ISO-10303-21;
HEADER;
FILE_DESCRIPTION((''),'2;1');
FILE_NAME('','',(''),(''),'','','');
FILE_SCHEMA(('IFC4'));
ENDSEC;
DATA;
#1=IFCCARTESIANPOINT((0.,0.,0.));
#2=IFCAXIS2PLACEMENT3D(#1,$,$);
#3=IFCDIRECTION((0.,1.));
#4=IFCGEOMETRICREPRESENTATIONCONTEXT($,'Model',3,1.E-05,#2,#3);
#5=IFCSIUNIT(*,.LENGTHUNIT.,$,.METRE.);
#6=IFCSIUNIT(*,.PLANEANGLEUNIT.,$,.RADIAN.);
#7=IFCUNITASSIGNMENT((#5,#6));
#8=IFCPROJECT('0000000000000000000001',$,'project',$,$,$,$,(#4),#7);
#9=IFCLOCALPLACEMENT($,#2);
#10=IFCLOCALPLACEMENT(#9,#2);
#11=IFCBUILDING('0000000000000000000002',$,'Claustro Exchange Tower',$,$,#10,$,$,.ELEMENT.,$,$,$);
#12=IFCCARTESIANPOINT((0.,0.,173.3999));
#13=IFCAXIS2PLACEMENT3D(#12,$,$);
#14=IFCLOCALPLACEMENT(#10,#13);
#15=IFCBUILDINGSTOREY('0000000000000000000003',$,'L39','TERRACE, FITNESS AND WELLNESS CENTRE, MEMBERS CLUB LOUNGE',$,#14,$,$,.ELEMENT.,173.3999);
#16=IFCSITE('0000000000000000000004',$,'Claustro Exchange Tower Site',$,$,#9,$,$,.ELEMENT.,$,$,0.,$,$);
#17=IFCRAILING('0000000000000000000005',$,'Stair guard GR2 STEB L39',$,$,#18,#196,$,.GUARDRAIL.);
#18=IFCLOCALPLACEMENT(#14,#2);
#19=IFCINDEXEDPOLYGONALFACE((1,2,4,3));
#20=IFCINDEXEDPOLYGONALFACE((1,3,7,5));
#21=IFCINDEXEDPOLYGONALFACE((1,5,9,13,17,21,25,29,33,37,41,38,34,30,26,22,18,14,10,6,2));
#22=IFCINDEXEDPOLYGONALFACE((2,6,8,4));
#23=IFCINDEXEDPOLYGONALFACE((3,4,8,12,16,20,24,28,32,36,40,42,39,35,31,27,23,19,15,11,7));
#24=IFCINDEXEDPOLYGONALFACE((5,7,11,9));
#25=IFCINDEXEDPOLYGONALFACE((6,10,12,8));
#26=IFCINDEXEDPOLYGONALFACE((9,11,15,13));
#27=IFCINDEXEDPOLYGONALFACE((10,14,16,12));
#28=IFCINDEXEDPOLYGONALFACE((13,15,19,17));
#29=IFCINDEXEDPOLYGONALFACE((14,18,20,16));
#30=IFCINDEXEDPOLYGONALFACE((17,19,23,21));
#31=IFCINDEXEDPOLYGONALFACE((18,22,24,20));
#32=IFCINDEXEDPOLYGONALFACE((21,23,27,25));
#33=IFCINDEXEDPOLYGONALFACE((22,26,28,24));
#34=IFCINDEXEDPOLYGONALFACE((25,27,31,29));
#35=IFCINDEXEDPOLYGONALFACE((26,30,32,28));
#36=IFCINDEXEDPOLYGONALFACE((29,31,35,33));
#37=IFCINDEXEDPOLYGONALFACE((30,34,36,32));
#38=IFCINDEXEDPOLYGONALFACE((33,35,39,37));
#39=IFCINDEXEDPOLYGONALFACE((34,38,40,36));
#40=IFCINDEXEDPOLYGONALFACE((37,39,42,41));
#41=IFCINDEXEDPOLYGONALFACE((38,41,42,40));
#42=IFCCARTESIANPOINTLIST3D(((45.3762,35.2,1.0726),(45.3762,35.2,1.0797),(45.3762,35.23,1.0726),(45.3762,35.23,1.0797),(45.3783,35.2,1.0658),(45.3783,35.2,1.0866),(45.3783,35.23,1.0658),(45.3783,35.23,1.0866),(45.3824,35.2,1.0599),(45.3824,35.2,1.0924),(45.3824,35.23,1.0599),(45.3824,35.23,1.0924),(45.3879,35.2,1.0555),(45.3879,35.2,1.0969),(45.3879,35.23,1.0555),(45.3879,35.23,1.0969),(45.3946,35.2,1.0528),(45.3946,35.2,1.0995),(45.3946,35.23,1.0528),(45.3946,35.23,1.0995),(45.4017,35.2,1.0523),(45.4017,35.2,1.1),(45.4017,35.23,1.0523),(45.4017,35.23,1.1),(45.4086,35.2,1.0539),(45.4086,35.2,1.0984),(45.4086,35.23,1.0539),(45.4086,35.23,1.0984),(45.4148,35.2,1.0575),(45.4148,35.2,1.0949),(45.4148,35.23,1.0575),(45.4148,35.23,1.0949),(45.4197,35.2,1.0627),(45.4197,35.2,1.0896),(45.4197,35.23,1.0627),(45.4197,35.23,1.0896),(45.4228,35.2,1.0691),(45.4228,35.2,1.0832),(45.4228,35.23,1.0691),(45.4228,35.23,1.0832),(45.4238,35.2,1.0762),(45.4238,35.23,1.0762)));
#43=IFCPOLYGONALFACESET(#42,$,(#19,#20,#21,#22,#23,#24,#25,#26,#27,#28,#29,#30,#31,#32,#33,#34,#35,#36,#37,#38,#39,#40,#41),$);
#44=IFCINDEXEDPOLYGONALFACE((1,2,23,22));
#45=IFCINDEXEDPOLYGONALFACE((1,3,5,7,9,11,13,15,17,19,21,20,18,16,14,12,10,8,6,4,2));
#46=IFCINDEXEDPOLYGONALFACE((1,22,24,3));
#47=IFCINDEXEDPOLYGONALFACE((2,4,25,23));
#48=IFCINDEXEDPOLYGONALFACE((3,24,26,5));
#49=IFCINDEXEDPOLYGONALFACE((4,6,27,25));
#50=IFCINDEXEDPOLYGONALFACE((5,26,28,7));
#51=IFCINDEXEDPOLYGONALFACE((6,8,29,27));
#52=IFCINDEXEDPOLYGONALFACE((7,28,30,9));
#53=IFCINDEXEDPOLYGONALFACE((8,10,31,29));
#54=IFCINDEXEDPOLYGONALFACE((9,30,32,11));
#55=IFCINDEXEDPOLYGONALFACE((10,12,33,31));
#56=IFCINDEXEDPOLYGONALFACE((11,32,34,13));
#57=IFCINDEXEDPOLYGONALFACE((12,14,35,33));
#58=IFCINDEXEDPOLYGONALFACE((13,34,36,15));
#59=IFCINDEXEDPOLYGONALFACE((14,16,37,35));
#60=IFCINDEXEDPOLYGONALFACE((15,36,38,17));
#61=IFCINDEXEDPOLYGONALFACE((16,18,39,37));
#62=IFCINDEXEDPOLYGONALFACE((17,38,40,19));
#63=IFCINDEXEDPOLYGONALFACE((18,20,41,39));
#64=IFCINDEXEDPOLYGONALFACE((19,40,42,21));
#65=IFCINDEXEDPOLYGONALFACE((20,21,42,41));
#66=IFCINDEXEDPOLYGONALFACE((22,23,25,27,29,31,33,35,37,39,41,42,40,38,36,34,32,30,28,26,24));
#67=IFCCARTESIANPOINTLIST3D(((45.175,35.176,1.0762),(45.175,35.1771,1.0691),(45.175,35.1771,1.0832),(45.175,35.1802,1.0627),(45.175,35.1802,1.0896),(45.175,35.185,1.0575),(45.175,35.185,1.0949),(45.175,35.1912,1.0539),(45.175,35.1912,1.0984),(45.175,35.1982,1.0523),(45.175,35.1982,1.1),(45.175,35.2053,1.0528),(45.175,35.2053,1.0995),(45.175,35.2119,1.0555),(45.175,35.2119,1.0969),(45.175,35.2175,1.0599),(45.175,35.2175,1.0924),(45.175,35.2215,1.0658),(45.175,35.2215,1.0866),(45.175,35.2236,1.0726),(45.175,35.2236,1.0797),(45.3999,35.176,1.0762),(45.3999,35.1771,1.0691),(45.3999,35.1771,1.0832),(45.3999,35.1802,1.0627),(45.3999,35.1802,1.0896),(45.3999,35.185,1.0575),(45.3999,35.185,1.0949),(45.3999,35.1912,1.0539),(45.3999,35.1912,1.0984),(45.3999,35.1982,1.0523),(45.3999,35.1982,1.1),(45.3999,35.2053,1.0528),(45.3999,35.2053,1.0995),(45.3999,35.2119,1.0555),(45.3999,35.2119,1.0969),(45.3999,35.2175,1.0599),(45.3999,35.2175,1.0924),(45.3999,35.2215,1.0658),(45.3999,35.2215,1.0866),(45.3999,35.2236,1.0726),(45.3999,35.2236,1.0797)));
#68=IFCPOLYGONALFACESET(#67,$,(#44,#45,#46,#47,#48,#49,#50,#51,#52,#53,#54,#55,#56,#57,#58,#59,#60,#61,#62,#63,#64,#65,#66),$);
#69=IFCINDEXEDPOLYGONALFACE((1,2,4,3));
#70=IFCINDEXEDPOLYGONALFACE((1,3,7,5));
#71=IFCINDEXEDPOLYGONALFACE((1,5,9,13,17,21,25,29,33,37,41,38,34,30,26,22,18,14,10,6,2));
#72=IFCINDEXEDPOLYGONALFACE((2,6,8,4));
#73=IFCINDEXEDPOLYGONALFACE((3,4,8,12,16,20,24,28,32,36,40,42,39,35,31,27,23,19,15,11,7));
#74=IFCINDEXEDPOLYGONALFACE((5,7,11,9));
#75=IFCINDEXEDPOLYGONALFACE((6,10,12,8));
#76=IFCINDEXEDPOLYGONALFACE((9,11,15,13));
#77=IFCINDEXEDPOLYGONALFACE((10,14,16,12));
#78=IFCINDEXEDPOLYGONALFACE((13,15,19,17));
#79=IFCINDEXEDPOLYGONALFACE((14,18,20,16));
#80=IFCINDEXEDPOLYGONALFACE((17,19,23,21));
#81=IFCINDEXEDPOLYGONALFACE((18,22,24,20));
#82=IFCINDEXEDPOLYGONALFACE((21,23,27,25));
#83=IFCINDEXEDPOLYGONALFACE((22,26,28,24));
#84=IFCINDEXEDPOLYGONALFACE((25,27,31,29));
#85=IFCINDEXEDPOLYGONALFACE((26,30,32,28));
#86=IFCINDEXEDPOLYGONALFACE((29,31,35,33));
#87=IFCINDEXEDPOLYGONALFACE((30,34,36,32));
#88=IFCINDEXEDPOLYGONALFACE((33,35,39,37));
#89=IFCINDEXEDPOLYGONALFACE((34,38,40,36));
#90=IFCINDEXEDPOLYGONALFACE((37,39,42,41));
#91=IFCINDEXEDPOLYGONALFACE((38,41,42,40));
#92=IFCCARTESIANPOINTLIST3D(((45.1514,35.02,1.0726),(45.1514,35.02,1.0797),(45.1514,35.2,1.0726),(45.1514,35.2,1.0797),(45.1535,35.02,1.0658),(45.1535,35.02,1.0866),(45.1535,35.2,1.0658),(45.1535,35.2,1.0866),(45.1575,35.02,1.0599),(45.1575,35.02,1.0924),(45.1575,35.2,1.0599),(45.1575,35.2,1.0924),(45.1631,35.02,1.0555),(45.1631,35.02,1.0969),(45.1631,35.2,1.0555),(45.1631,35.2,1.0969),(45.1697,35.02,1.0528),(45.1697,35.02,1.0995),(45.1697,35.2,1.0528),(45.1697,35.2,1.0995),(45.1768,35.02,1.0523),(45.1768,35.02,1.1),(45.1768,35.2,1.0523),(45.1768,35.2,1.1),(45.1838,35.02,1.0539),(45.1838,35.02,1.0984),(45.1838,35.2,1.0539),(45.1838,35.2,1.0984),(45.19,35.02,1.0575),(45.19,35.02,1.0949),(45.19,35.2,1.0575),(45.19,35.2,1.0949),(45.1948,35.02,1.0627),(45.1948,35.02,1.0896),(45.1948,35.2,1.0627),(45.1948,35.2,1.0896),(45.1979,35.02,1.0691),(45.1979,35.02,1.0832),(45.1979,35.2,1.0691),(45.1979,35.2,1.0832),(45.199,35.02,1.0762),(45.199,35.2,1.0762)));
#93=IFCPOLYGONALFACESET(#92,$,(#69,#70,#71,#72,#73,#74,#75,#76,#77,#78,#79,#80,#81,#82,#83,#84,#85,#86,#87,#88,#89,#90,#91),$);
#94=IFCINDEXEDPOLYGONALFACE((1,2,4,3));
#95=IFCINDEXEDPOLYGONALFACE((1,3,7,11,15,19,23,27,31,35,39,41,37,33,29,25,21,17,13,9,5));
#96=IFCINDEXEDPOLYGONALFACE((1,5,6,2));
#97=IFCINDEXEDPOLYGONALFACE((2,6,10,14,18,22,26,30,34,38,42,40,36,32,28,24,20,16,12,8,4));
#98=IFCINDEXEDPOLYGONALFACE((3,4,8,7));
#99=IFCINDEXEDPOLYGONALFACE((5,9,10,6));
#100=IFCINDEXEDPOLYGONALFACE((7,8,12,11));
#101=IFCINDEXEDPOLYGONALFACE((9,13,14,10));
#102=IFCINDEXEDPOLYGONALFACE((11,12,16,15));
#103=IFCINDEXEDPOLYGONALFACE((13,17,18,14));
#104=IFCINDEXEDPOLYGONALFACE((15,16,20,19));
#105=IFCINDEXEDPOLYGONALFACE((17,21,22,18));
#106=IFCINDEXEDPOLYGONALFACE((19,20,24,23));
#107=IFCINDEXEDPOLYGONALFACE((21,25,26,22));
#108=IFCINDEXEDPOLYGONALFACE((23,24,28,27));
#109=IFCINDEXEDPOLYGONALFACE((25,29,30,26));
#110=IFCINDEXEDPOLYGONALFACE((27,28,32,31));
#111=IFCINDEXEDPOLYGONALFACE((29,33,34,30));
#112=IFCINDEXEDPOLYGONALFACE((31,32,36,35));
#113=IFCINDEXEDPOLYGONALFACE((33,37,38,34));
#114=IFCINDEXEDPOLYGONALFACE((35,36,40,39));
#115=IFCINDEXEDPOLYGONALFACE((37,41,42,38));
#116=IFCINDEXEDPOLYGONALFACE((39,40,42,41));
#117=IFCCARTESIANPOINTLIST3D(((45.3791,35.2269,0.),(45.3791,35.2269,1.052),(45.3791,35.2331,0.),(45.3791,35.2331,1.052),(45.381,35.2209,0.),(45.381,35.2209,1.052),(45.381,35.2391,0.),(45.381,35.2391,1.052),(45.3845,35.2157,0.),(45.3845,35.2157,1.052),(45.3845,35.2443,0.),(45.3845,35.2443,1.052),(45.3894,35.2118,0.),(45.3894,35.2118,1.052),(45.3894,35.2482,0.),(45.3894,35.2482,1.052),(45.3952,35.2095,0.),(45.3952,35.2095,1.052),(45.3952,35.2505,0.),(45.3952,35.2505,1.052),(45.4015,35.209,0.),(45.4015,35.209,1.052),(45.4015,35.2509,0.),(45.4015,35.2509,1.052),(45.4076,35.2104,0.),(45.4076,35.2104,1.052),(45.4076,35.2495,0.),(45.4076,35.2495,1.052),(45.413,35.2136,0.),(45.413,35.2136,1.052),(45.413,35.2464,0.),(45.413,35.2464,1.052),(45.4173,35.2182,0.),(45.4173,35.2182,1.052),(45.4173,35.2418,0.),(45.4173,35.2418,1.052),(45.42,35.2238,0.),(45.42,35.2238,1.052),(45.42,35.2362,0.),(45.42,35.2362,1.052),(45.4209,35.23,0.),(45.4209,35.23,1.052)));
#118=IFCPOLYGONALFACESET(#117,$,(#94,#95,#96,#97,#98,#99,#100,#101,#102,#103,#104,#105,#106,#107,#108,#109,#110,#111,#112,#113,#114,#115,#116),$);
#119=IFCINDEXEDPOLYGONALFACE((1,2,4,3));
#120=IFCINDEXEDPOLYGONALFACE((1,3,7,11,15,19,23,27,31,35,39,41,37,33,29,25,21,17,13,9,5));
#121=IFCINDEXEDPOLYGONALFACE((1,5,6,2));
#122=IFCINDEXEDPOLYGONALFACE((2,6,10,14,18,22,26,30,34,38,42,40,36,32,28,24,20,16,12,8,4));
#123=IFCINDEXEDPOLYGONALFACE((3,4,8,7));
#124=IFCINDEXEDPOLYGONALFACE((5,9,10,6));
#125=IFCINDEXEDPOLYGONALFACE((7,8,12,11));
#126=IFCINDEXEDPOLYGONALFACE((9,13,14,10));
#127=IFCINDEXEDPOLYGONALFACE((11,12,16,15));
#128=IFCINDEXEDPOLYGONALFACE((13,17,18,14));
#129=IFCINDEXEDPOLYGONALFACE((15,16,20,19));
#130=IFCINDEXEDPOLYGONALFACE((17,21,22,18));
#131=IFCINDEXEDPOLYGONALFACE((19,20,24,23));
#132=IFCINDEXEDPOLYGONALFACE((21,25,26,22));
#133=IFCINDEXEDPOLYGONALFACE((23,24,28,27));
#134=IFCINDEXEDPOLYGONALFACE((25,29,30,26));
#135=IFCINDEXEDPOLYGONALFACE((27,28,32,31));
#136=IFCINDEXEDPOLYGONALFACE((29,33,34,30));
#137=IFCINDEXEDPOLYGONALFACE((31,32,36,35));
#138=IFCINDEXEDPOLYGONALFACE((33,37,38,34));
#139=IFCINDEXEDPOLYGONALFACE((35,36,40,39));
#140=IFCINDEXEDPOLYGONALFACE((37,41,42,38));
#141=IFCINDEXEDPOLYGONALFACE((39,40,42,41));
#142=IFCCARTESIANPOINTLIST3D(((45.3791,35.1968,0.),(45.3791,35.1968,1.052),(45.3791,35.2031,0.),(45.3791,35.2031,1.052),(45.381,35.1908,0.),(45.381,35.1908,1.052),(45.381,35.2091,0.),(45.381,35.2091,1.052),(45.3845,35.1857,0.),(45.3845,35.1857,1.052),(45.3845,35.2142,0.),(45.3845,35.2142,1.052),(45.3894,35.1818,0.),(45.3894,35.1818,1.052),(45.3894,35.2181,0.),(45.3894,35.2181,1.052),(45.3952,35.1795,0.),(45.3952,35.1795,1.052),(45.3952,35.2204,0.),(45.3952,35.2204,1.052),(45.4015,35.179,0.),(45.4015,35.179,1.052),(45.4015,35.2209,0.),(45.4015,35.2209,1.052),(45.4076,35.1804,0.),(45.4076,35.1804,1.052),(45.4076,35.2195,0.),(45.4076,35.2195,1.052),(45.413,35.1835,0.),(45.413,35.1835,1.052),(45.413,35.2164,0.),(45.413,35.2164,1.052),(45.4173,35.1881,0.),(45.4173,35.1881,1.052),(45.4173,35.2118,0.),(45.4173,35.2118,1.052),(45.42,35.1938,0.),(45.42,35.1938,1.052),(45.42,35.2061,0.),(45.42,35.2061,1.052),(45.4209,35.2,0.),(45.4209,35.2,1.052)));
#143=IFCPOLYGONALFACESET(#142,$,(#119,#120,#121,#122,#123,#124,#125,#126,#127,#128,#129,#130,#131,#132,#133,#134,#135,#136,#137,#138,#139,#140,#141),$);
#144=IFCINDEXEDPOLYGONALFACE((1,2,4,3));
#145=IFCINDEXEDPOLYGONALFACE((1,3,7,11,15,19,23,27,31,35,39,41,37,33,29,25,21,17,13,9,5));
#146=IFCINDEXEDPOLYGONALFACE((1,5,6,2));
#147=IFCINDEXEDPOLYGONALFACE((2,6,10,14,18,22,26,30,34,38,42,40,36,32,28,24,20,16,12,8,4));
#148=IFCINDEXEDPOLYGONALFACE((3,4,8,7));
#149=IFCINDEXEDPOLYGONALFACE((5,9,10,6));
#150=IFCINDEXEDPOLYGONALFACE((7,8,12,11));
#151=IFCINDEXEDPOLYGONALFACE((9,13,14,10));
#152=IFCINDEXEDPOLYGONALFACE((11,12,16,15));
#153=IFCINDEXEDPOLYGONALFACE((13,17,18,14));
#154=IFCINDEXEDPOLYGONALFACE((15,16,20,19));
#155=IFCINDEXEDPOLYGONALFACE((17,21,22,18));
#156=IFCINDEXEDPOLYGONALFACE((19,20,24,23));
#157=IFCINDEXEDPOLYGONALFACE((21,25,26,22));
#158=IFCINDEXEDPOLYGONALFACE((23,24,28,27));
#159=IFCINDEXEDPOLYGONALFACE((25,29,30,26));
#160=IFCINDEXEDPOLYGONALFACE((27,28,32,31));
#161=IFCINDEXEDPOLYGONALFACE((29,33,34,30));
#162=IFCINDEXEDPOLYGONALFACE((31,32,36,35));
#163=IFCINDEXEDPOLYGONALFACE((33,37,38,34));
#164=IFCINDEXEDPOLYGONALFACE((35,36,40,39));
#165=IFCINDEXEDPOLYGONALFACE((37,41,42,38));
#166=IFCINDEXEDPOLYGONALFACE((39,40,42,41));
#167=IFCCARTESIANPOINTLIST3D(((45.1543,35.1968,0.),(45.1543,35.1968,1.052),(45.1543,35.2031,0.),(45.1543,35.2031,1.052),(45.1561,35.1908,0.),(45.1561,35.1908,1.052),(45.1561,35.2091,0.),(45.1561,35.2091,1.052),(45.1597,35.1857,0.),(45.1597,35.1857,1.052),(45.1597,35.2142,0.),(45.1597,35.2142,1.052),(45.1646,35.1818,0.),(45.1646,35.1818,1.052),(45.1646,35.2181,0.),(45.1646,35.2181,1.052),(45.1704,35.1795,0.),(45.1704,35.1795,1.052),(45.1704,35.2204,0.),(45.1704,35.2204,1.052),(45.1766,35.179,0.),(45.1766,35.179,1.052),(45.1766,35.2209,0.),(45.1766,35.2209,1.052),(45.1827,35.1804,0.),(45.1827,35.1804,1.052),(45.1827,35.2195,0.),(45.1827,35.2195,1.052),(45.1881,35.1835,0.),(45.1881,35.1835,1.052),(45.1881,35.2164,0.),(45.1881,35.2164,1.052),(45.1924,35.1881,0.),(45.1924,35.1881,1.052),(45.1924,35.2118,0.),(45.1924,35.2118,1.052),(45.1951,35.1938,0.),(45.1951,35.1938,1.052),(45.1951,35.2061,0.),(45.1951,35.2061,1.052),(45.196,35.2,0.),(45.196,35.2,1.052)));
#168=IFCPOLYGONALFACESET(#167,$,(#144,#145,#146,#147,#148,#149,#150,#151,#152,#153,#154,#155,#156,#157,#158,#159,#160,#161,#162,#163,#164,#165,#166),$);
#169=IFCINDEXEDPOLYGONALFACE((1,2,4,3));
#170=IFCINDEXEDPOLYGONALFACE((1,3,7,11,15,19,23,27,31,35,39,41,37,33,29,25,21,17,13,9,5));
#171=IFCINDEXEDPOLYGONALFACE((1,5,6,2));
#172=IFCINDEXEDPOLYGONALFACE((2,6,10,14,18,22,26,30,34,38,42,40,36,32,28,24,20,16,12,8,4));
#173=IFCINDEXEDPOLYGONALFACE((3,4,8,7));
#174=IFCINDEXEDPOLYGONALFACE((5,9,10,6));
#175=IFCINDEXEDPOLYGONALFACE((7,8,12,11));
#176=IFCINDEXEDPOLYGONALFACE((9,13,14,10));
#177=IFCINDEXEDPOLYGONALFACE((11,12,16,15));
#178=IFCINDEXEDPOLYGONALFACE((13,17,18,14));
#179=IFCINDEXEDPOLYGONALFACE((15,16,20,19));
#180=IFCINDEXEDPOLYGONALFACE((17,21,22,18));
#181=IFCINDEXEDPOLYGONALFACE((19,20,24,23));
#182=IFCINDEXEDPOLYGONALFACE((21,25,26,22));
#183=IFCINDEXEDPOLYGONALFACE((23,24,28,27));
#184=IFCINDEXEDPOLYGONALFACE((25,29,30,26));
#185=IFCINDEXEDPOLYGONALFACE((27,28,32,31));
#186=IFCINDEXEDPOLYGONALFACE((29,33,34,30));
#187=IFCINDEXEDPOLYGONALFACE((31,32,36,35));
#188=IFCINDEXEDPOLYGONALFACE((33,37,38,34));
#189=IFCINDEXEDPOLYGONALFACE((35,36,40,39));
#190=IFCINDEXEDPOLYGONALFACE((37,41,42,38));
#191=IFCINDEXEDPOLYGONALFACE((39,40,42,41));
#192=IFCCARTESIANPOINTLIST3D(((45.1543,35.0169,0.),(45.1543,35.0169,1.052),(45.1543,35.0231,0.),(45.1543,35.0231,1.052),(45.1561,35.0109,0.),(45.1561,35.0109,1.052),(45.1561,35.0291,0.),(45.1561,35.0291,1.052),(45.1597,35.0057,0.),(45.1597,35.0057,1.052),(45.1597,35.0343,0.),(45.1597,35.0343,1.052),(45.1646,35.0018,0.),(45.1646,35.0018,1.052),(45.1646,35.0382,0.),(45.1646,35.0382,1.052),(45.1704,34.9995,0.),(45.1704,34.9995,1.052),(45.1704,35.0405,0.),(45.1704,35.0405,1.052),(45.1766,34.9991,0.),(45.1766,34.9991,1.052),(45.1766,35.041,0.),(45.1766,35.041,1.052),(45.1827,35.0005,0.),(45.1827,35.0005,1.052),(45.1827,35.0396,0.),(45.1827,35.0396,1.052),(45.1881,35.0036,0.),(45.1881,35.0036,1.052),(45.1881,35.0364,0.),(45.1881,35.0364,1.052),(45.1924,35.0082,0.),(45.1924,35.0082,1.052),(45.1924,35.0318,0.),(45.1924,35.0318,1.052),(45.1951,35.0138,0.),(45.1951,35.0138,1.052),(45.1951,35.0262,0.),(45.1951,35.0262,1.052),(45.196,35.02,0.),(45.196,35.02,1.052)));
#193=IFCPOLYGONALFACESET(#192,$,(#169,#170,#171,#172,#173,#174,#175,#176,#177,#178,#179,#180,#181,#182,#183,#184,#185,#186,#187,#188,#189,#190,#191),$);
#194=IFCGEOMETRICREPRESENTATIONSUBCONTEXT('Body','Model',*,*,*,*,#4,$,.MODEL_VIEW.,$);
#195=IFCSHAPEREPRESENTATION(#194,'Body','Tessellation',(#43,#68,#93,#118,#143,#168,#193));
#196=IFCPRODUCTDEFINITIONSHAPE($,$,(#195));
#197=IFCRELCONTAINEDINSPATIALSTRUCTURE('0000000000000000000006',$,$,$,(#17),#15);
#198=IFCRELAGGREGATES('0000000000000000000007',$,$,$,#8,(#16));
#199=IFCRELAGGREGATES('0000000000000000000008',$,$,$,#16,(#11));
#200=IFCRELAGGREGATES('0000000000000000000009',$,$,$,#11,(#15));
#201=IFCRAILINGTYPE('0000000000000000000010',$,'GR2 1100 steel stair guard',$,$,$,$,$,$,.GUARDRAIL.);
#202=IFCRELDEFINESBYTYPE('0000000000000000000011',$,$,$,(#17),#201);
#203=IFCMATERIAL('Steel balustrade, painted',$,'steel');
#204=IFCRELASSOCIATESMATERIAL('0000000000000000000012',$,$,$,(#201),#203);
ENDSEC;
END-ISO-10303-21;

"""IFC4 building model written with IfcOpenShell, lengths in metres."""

from ifc_helpers import new_model, si_unit, direction, frame, origin, origin_2d, place, context, subcontext, project, spatial, circle, extrude, material, type_object, element, save


model = new_model("IFC4")

# Units and contexts
model_context = context("Model", 3, precision=1e-05, world=origin(), true_north=direction((0.0, 1.0)))
body_context = subcontext(model_context, "Body", "Model", "MODEL_VIEW")
ifc_project = project(units=[si_unit("LENGTHUNIT", "METRE"), si_unit("PLANEANGLEUNIT", "RADIAN")], contexts=[model_context])

# Site, building, storey
site_placement = place(None, origin())
site = spatial("IfcSite", under=ifc_project, at=site_placement, Name="Claustro Exchange Tower Site", CompositionType="ELEMENT", RefElevation=0.0)
building_placement = place(site_placement, origin())
building = spatial("IfcBuilding", under=site, at=building_placement, Name="Claustro Exchange Tower", CompositionType="ELEMENT")
storey_placement = place(building_placement, frame((0.0, 0.0, 173.3999)))
storey = spatial("IfcBuildingStorey", under=building, at=storey_placement, Name="L39", Description="TERRACE, FITNESS AND WELLNESS CENTRE, MEMBERS CLUB LOUNGE", CompositionType="ELEMENT", Elevation=173.3999)

# Railing
ifc_material_1 = material(Name="Steel balustrade, painted", Category="steel")
railing_type_1 = type_object("IfcRailingType", Name="GR2 1100 steel stair guard", PredefinedType="GUARDRAIL", material=ifc_material_1)
railing_1_placement = place(storey_placement, frame((45.3999, 35.23, 0.0)))
element("IfcRailing", 1, at=railing_1_placement, inside=storey, type_object=railing_type_1, Name="Stair guard GR2 STEB L39", PredefinedType="GUARDRAIL", context=body_context, shape_type="SweptSolid", body=[
    extrude(circle(Radius=0.0239, at=origin_2d()), frame((0.0, 0.0, 1.0762), z_axis=(0.0, -1.0, 0.0), x_axis=(1.0, 0.0, 0.0)), (0.0, 0.0, 1.0), 0.03),
    extrude(circle(Radius=0.0239, at=origin_2d()), frame((0.0, -0.03, 1.0762), z_axis=(-1.0, 0.0, 0.0), x_axis=(0.0, -1.0, 0.0)), (0.0, 0.0, 1.0), 0.2249),
    extrude(circle(Radius=0.0239, at=origin_2d()), frame((-0.2249, -0.03, 1.0762), z_axis=(0.0, -1.0, 0.0), x_axis=(1.0, 0.0, 0.0)), (0.0, 0.0, 1.0), 0.1799),
    extrude(circle(Radius=0.021, at=origin_2d()), origin(), (0.0, 0.0, 1.0), 1.052),
    extrude(circle(Radius=0.021, at=origin_2d()), frame((0.0, -0.03, 0.0)), (0.0, 0.0, 1.0), 1.052),
    extrude(circle(Radius=0.021, at=origin_2d()), frame((-0.2249, -0.03, 0.0)), (0.0, 0.0, 1.0), 1.052),
    extrude(circle(Radius=0.021, at=origin_2d()), frame((-0.2249, -0.21, 0.0)), (0.0, 0.0, 1.0), 1.052),
])

save(model, "model.ifc")
